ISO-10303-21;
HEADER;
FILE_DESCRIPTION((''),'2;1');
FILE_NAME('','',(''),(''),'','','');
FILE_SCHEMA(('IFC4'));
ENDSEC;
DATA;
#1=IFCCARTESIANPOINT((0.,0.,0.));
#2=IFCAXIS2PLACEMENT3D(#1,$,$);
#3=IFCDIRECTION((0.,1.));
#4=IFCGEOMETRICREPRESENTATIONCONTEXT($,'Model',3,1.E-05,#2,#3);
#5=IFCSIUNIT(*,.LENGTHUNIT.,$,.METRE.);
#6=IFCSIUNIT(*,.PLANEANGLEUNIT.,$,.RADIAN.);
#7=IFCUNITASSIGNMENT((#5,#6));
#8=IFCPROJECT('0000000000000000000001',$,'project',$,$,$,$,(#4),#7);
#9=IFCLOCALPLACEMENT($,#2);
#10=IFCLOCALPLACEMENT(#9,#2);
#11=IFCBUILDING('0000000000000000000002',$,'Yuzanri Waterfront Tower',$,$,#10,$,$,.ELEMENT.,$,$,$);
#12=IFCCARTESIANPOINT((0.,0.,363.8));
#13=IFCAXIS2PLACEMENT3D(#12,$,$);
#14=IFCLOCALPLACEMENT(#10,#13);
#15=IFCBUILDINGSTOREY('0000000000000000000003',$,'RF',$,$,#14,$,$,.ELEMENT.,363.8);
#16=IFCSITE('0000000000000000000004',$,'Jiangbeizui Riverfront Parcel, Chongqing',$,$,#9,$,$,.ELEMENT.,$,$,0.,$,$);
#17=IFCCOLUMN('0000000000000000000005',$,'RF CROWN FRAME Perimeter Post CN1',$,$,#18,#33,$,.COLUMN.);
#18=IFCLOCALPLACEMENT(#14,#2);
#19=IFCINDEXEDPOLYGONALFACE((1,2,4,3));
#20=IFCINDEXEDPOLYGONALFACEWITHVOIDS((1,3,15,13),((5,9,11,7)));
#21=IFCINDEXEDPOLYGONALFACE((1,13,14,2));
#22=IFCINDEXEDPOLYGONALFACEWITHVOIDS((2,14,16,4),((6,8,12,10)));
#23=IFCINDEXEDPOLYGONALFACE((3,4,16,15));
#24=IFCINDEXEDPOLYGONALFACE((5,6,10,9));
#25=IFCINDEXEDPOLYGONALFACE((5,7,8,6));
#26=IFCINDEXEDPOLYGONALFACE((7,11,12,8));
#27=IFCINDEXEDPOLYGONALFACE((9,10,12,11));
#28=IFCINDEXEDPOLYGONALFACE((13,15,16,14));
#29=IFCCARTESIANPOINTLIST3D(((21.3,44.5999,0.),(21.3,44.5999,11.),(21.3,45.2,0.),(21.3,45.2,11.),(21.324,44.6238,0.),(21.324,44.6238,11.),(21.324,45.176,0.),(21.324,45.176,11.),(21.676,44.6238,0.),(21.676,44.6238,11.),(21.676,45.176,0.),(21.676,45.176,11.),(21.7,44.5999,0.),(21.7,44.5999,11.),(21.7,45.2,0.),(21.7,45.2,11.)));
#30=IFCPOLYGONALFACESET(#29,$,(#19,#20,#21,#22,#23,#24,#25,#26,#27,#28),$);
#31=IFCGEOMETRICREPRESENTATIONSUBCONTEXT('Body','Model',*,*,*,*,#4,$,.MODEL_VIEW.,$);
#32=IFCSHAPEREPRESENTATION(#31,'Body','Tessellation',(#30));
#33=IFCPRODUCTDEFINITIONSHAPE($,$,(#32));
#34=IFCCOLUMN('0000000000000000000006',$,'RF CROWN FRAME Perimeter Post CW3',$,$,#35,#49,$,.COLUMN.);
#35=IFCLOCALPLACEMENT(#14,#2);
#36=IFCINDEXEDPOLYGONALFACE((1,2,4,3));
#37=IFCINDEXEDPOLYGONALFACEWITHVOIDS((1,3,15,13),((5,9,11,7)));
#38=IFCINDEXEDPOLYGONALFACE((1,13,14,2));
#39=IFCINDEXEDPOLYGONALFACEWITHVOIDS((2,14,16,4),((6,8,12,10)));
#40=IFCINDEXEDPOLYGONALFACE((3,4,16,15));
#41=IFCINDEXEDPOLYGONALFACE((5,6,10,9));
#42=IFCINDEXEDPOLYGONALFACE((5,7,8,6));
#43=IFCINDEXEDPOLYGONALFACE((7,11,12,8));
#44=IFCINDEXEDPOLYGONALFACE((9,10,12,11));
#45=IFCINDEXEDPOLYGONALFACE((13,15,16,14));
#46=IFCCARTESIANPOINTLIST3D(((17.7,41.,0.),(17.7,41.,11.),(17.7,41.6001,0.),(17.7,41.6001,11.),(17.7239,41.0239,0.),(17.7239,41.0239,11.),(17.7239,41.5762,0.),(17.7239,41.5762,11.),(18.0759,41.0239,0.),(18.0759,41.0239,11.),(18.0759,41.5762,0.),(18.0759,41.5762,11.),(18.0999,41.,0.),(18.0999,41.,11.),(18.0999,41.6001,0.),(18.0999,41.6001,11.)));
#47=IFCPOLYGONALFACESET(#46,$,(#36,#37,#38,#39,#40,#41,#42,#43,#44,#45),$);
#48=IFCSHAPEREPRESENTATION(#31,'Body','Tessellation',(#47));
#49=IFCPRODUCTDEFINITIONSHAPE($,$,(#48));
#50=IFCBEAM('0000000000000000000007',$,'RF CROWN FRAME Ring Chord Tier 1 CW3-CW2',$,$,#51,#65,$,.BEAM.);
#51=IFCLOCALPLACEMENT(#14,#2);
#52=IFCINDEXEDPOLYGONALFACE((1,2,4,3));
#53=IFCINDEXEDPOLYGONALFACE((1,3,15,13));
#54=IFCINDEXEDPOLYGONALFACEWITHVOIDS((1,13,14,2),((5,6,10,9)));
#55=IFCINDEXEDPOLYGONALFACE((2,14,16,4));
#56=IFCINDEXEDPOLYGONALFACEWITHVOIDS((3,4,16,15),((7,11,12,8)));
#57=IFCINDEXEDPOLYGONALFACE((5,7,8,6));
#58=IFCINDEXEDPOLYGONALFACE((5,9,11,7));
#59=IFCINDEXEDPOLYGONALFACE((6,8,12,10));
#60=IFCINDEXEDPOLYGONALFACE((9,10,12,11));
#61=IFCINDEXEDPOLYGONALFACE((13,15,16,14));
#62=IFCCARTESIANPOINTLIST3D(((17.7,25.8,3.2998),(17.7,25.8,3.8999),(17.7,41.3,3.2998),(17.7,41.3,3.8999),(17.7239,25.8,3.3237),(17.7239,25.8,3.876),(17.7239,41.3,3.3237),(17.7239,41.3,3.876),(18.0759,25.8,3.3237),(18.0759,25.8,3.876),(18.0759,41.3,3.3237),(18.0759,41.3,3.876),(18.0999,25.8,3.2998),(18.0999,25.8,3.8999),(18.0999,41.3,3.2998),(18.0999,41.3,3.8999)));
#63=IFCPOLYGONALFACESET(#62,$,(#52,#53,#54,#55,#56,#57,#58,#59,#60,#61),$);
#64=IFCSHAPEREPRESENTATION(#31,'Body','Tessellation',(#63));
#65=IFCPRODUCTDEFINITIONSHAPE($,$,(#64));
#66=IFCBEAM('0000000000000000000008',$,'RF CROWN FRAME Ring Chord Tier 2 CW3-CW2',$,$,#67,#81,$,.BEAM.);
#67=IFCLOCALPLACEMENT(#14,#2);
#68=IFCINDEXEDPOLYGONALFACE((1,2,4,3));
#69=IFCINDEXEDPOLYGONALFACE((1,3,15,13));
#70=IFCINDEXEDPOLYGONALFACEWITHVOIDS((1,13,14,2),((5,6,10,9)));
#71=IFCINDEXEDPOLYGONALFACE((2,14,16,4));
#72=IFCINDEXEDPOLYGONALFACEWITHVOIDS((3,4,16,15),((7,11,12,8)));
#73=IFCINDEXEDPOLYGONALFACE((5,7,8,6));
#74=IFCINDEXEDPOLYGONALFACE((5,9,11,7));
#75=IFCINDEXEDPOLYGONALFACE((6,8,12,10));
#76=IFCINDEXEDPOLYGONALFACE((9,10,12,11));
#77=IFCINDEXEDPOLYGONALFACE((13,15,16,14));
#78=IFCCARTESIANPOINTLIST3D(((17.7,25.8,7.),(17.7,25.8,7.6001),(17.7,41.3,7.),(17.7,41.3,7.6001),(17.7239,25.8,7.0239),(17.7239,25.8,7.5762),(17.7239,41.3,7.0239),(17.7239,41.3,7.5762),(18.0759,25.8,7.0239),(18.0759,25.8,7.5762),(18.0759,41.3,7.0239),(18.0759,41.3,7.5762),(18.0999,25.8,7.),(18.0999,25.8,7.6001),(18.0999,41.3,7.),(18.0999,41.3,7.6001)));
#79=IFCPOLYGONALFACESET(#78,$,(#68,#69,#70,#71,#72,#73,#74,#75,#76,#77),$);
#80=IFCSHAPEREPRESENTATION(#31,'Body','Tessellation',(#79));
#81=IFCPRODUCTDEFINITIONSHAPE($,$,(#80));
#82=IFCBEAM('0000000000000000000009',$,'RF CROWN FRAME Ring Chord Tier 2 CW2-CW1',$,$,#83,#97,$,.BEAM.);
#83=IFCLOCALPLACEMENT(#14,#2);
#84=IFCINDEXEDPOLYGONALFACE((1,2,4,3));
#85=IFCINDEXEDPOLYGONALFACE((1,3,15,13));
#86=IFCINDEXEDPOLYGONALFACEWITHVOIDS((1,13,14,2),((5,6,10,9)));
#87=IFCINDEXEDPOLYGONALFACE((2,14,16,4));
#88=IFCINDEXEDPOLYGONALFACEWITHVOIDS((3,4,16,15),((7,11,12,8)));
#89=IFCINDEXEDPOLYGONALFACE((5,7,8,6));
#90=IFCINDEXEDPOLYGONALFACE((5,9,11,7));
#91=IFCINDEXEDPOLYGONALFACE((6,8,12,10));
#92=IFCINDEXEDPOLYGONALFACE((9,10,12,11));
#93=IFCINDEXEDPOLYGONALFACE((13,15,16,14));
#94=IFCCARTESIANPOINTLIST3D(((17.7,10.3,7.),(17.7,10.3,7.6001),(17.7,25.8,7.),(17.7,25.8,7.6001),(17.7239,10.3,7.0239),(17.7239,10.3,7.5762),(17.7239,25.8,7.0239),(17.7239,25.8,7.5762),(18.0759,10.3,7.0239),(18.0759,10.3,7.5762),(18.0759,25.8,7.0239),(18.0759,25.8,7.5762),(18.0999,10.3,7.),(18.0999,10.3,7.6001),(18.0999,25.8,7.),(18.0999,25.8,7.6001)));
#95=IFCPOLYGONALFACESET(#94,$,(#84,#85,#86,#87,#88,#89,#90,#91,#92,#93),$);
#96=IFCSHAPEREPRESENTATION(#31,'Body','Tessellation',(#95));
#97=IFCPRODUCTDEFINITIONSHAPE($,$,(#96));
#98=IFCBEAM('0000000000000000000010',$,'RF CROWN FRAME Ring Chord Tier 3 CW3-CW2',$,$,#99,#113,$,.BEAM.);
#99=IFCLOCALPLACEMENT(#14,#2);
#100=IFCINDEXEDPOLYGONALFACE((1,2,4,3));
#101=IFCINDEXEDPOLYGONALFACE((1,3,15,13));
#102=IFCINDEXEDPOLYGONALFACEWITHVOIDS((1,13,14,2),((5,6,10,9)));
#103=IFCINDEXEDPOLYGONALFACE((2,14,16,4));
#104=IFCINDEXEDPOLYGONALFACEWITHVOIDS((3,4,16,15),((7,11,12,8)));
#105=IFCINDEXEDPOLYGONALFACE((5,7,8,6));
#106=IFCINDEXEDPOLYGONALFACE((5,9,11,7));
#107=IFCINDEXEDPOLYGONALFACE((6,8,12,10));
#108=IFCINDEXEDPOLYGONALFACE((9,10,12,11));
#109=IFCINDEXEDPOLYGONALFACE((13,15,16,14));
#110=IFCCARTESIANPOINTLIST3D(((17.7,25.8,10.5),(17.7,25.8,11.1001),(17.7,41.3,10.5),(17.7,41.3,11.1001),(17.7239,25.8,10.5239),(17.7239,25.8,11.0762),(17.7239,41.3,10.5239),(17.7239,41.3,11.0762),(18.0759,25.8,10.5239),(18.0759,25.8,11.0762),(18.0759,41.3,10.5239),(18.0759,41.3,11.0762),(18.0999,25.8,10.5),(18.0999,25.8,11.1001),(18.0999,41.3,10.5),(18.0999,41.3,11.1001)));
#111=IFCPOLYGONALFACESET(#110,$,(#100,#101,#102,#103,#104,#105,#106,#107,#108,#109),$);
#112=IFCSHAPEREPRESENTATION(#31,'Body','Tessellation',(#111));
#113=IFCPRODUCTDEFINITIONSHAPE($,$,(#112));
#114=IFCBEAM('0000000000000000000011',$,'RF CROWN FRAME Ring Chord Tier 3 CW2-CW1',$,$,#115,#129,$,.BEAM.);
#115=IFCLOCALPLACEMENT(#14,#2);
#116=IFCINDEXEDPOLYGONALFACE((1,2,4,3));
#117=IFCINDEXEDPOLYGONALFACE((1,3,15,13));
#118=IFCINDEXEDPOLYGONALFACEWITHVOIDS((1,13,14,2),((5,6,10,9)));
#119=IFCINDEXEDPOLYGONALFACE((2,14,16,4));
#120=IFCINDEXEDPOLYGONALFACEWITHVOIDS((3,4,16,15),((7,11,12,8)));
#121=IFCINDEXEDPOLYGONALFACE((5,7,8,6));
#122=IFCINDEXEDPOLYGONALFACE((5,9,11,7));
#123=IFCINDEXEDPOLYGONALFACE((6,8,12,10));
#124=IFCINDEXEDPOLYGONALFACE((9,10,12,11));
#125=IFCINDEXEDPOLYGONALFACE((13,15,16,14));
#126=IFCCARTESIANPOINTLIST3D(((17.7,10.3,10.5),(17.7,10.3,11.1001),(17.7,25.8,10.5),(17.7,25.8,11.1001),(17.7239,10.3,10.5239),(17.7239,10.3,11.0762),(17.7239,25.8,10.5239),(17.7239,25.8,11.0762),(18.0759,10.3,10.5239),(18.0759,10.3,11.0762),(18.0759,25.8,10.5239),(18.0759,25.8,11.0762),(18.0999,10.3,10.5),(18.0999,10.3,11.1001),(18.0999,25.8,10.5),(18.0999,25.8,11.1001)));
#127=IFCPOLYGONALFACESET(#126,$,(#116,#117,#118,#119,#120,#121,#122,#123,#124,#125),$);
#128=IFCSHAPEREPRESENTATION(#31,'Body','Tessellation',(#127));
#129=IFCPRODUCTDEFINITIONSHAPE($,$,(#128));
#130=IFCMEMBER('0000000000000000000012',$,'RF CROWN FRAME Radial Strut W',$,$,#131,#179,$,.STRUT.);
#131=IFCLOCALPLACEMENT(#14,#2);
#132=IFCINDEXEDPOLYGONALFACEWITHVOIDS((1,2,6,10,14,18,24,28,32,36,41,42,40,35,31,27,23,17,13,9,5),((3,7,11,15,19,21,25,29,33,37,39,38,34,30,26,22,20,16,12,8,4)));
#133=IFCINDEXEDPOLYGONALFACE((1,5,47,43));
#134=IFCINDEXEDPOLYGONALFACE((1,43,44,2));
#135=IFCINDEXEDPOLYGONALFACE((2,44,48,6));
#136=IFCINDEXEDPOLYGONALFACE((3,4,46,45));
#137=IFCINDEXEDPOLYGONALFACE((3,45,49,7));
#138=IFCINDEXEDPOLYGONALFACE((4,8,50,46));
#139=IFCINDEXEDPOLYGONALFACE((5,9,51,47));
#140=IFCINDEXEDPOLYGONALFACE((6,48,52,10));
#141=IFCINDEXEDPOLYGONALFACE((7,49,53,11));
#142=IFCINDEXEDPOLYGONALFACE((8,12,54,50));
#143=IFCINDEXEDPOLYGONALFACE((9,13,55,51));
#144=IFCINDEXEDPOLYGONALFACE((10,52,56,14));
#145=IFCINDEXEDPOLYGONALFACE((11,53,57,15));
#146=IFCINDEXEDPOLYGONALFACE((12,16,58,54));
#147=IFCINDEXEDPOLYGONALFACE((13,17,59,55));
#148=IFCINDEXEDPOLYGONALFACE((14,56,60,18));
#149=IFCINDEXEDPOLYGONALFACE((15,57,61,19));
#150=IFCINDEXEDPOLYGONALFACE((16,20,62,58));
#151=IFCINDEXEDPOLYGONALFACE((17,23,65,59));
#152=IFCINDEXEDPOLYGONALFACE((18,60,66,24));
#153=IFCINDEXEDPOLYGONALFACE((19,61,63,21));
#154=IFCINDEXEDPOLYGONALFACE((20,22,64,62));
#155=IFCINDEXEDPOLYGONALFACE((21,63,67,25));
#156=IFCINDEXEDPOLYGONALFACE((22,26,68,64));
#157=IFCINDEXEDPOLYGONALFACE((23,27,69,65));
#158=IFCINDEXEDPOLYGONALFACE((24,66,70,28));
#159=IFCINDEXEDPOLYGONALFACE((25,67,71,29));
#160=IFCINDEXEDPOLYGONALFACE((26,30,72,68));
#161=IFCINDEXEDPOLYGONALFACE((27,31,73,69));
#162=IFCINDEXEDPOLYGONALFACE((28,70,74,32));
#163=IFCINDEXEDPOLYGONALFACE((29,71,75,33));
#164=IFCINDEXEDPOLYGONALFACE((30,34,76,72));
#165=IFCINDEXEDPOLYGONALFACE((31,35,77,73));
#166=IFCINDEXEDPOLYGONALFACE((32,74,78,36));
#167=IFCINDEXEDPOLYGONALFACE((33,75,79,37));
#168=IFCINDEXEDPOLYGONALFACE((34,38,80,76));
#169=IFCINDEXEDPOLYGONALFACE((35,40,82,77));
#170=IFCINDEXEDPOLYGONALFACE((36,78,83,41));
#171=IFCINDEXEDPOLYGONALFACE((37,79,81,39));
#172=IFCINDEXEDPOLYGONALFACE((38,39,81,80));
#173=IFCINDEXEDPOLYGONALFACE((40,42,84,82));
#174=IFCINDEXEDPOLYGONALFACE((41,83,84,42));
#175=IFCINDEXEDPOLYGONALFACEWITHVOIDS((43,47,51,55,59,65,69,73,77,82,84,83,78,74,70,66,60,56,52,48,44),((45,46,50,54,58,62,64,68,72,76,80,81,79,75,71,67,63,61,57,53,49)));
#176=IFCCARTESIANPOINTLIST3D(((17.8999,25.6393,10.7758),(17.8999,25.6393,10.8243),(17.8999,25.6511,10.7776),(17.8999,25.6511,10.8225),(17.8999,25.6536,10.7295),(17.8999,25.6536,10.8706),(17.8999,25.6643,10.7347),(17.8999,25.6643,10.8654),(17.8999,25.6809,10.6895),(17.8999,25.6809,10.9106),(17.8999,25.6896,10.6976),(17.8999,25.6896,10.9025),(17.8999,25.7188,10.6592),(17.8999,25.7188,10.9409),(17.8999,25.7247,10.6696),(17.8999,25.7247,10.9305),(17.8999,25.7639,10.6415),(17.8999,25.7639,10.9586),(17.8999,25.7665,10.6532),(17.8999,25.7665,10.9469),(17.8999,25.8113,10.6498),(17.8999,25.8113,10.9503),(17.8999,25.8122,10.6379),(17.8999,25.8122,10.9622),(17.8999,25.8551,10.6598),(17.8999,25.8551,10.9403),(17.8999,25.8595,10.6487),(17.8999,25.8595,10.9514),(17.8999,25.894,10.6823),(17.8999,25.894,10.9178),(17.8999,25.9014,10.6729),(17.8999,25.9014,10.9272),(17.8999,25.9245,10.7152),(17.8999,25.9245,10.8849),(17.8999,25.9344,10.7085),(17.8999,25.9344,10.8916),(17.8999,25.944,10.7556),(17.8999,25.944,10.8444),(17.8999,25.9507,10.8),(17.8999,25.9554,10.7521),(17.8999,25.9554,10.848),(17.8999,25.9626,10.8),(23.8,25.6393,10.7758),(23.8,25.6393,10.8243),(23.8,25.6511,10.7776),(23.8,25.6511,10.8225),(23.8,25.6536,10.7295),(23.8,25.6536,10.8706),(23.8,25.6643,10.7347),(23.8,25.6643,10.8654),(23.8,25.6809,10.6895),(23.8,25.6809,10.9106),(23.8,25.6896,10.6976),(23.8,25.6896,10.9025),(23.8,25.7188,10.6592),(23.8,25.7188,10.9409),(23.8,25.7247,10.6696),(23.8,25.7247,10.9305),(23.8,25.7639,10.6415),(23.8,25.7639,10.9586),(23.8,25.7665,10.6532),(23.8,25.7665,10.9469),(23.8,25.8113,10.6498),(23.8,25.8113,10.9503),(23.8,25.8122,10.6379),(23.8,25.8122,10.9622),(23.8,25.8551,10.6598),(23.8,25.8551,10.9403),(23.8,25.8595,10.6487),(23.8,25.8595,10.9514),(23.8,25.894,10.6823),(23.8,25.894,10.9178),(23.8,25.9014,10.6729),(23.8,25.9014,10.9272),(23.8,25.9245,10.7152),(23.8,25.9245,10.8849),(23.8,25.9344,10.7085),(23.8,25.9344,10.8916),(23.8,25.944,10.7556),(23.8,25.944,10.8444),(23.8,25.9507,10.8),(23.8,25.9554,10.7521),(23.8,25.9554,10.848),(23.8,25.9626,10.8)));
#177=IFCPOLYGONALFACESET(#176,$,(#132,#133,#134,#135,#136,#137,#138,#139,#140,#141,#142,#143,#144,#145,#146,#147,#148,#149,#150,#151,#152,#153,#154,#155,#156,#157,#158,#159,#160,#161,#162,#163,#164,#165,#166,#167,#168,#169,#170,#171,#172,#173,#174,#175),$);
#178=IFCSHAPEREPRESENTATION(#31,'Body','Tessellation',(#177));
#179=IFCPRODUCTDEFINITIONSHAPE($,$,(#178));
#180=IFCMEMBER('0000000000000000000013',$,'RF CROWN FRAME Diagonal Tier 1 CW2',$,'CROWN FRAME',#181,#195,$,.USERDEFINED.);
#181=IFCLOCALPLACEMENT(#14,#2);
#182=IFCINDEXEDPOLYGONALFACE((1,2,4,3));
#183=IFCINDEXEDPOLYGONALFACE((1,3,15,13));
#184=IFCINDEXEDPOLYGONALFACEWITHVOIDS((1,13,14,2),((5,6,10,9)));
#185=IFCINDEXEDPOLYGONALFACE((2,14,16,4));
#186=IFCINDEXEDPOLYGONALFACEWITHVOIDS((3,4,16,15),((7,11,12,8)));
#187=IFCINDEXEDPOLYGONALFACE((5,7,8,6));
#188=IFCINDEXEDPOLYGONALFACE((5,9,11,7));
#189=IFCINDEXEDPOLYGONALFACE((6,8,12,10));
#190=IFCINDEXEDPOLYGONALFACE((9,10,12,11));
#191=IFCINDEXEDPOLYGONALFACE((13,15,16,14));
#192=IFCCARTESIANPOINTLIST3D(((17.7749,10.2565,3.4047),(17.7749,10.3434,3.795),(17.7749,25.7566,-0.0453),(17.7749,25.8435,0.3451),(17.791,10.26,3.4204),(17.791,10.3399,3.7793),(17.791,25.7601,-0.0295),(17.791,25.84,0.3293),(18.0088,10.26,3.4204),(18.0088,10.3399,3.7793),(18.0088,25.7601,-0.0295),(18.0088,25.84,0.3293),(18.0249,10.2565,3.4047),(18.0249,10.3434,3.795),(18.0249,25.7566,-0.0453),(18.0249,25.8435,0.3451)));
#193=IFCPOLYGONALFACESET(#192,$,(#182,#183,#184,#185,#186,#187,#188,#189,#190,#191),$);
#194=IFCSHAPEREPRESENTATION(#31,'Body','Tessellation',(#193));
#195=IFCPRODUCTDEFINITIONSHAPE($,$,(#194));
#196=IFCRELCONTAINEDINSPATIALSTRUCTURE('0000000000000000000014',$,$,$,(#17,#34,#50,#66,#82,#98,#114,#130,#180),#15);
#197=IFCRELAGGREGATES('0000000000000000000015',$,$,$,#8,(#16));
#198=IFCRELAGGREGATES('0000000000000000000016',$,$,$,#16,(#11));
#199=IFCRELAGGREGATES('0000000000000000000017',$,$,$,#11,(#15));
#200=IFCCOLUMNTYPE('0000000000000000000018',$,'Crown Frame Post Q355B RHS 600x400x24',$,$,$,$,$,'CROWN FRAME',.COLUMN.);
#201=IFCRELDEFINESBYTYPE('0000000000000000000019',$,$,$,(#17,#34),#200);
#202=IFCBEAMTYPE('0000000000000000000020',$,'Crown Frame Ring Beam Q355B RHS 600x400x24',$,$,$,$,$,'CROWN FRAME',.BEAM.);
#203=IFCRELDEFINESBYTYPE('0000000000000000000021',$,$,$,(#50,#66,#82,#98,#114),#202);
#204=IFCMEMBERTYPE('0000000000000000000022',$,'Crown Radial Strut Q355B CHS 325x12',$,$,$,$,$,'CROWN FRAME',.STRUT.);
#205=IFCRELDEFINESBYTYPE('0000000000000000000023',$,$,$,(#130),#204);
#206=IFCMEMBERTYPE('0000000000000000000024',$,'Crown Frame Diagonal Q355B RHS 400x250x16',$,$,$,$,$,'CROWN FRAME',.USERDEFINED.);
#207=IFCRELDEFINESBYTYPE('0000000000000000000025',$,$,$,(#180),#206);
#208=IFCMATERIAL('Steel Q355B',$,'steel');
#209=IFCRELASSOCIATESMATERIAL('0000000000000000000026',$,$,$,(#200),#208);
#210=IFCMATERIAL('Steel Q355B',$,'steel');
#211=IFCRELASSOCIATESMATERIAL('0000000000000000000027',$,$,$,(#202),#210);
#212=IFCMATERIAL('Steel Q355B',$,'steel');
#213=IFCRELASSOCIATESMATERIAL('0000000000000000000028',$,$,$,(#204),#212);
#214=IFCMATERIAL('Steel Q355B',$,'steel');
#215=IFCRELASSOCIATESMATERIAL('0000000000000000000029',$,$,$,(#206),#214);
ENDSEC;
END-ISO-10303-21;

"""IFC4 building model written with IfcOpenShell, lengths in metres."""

from ifc_helpers import new_model, si_unit, direction, frame, origin, origin_2d, place, context, subcontext, project, spatial, hollow_rectangle, hollow_circle, extrude, source, transform, mapped, material, material_profile, profile_set, type_object, element, save


model = new_model("IFC4")

# Units and contexts
model_context = context("Model", 3, precision=1e-05, world=origin(), true_north=direction((0.0, 1.0)))
body_context = subcontext(model_context, "Body", "Model", "MODEL_VIEW")
ifc_project = project(units=[si_unit("LENGTHUNIT", "METRE"), si_unit("PLANEANGLEUNIT", "RADIAN")], contexts=[model_context])

# Site, building, storey
site_placement = place(None, origin())
site = spatial("IfcSite", under=ifc_project, at=site_placement, Name="Jiangbeizui Riverfront Parcel, Chongqing", CompositionType="ELEMENT", RefElevation=0.0)
building_placement = place(site_placement, origin())
building = spatial("IfcBuilding", under=site, at=building_placement, Name="Yuzanri Waterfront Tower", CompositionType="ELEMENT")
storey_placement = place(building_placement, frame((0.0, 0.0, 363.8)))
storey = spatial("IfcBuildingStorey", under=building, at=storey_placement, Name="RF", CompositionType="ELEMENT", Elevation=363.8)

# Columns
ifc_material_1 = material(Name="Steel Q355B", Category="steel")
ifc_material_profile_1 = material_profile(ifc_material_1, hollow_rectangle(XDim=0.3999, YDim=0.6001, WallThickness=0.0239, at=origin_2d()), Name="RHS 600x400x24")
ifc_profile_set_1 = profile_set([ifc_material_profile_1], Name="Steel Q355B")
column_type = type_object("IfcColumnType", Name="Crown Frame Post Q355B RHS 600x400x24", ElementType="CROWN FRAME", PredefinedType="COLUMN", material=ifc_profile_set_1)
shared_shape_1 = source(origin(), body_context, "Body", "SweptSolid", [
    extrude(hollow_rectangle(XDim=0.3999, YDim=0.6001, WallThickness=0.0239, at=origin_2d()), origin(), (0.0, 0.0, 1.0), 11.0),
])
for number, where, z_axis, x_axis, name in (
    (1, (21.5, 44.8999, 0.0), (0.0, 0.0, 1.0), (1.0, 0.0, 0.0), "RF CROWN FRAME Perimeter Post CN1"),
    (2, (17.8999, 41.3, 0.0), (0.0, 0.0, 1.0), (1.0, 0.0, 0.0), "RF CROWN FRAME Perimeter Post CW3"),
):
    element("IfcColumn", number, at=place(storey_placement, frame(where, z_axis=z_axis, x_axis=x_axis)), inside=storey, type_object=column_type, Name=name, PredefinedType="COLUMN", context=body_context, shape_type="MappedRepresentation", body=[
        mapped(shared_shape_1, transform((0.0, 0.0, 0.0), scale=1.0)),
    ])

# Beams
ifc_material_2 = material(Name="Steel Q355B", Category="steel")
ifc_material_profile_2 = material_profile(ifc_material_2, hollow_rectangle(XDim=0.3999, YDim=0.6001, WallThickness=0.0239, at=origin_2d()), Name="RHS 600x400x24")
ifc_profile_set_2 = profile_set([ifc_material_profile_2], Name="Steel Q355B")
beam_type = type_object("IfcBeamType", Name="Crown Frame Ring Beam Q355B RHS 600x400x24", ElementType="CROWN FRAME", PredefinedType="BEAM", material=ifc_profile_set_2)
shared_shape_2 = source(origin(), body_context, "Body", "SweptSolid", [
    extrude(hollow_rectangle(XDim=0.3999, YDim=0.6001, WallThickness=0.0239, at=origin_2d()), origin(), (0.0, 0.0, 1.0), 15.5),
])
for number, where, z_axis, x_axis, name in (
    (3, (17.8999, 41.3, 3.5999), (0.0, -1.0, 0.0), (1.0, 0.0, 0.0), "RF CROWN FRAME Ring Chord Tier 1 CW3-CW2"),
    (4, (17.8999, 41.3, 7.3), (0.0, -1.0, 0.0), (1.0, 0.0, 0.0), "RF CROWN FRAME Ring Chord Tier 2 CW3-CW2"),
    (5, (17.8999, 25.8, 7.3), (0.0, -1.0, 0.0), (1.0, 0.0, 0.0), "RF CROWN FRAME Ring Chord Tier 2 CW2-CW1"),
    (6, (17.8999, 41.3, 10.8), (0.0, -1.0, 0.0), (1.0, 0.0, 0.0), "RF CROWN FRAME Ring Chord Tier 3 CW3-CW2"),
    (7, (17.8999, 25.8, 10.8), (0.0, -1.0, 0.0), (1.0, 0.0, 0.0), "RF CROWN FRAME Ring Chord Tier 3 CW2-CW1"),
):
    element("IfcBeam", number, at=place(storey_placement, frame(where, z_axis=z_axis, x_axis=x_axis)), inside=storey, type_object=beam_type, Name=name, PredefinedType="BEAM", context=body_context, shape_type="MappedRepresentation", body=[
        mapped(shared_shape_2, transform((0.0, 0.0, 0.0), scale=1.0)),
    ])

# Members
ifc_material_3 = material(Name="Steel Q355B", Category="steel")
ifc_material_profile_3 = material_profile(ifc_material_3, hollow_circle(Radius=0.1626, WallThickness=0.012, at=origin_2d()), Name="CHS 325x12")
ifc_profile_set_3 = profile_set([ifc_material_profile_3], Name="Steel Q355B")
member_type_1 = type_object("IfcMemberType", Name="Crown Radial Strut Q355B CHS 325x12", ElementType="CROWN FRAME", PredefinedType="STRUT", material=ifc_profile_set_3)
shared_shape_3 = source(origin(), body_context, "Body", "SweptSolid", [
    extrude(hollow_circle(Radius=0.1626, WallThickness=0.012, at=origin_2d()), origin(), (0.0, 0.0, 1.0), 5.9001),
])
member_1_placement = place(storey_placement, frame((17.8999, 25.8, 10.8), z_axis=(1.0, 0.0, 0.0), x_axis=(0.0, 1.0, 0.0)))
element("IfcMember", 8, at=member_1_placement, inside=storey, type_object=member_type_1, Name="RF CROWN FRAME Radial Strut W", PredefinedType="STRUT", context=body_context, shape_type="MappedRepresentation", body=[
    mapped(shared_shape_3, transform((0.0, 0.0, 0.0), scale=1.0)),
])
ifc_material_4 = material(Name="Steel Q355B", Category="steel")
ifc_material_profile_4 = material_profile(ifc_material_4, hollow_rectangle(XDim=0.25, YDim=0.3999, WallThickness=0.0161, at=origin_2d()), Name="RHS 400x250x16")
ifc_profile_set_4 = profile_set([ifc_material_profile_4], Name="Steel Q355B")
member_type_2 = type_object("IfcMemberType", Name="Crown Frame Diagonal Q355B RHS 400x250x16", ElementType="CROWN FRAME", PredefinedType="USERDEFINED", material=ifc_profile_set_4)
shared_shape_4 = source(origin(), body_context, "Body", "SweptSolid", [
    extrude(hollow_rectangle(XDim=0.25, YDim=0.3999, WallThickness=0.0161, at=origin_2d()), origin(), (0.0, 0.0, 1.0), 15.8794),
])
member_2_placement = place(storey_placement, frame((17.8999, 25.8, 0.1499), z_axis=(0.0, -0.976114, 0.217261), x_axis=(1.0, 0.0, 0.0)))
element("IfcMember", 9, at=member_2_placement, inside=storey, type_object=member_type_2, Name="RF CROWN FRAME Diagonal Tier 1 CW2", ObjectType="CROWN FRAME", PredefinedType="USERDEFINED", context=body_context, shape_type="MappedRepresentation", body=[
    mapped(shared_shape_4, transform((0.0, 0.0, 0.0), scale=1.0)),
])

save(model, "model.ifc")
